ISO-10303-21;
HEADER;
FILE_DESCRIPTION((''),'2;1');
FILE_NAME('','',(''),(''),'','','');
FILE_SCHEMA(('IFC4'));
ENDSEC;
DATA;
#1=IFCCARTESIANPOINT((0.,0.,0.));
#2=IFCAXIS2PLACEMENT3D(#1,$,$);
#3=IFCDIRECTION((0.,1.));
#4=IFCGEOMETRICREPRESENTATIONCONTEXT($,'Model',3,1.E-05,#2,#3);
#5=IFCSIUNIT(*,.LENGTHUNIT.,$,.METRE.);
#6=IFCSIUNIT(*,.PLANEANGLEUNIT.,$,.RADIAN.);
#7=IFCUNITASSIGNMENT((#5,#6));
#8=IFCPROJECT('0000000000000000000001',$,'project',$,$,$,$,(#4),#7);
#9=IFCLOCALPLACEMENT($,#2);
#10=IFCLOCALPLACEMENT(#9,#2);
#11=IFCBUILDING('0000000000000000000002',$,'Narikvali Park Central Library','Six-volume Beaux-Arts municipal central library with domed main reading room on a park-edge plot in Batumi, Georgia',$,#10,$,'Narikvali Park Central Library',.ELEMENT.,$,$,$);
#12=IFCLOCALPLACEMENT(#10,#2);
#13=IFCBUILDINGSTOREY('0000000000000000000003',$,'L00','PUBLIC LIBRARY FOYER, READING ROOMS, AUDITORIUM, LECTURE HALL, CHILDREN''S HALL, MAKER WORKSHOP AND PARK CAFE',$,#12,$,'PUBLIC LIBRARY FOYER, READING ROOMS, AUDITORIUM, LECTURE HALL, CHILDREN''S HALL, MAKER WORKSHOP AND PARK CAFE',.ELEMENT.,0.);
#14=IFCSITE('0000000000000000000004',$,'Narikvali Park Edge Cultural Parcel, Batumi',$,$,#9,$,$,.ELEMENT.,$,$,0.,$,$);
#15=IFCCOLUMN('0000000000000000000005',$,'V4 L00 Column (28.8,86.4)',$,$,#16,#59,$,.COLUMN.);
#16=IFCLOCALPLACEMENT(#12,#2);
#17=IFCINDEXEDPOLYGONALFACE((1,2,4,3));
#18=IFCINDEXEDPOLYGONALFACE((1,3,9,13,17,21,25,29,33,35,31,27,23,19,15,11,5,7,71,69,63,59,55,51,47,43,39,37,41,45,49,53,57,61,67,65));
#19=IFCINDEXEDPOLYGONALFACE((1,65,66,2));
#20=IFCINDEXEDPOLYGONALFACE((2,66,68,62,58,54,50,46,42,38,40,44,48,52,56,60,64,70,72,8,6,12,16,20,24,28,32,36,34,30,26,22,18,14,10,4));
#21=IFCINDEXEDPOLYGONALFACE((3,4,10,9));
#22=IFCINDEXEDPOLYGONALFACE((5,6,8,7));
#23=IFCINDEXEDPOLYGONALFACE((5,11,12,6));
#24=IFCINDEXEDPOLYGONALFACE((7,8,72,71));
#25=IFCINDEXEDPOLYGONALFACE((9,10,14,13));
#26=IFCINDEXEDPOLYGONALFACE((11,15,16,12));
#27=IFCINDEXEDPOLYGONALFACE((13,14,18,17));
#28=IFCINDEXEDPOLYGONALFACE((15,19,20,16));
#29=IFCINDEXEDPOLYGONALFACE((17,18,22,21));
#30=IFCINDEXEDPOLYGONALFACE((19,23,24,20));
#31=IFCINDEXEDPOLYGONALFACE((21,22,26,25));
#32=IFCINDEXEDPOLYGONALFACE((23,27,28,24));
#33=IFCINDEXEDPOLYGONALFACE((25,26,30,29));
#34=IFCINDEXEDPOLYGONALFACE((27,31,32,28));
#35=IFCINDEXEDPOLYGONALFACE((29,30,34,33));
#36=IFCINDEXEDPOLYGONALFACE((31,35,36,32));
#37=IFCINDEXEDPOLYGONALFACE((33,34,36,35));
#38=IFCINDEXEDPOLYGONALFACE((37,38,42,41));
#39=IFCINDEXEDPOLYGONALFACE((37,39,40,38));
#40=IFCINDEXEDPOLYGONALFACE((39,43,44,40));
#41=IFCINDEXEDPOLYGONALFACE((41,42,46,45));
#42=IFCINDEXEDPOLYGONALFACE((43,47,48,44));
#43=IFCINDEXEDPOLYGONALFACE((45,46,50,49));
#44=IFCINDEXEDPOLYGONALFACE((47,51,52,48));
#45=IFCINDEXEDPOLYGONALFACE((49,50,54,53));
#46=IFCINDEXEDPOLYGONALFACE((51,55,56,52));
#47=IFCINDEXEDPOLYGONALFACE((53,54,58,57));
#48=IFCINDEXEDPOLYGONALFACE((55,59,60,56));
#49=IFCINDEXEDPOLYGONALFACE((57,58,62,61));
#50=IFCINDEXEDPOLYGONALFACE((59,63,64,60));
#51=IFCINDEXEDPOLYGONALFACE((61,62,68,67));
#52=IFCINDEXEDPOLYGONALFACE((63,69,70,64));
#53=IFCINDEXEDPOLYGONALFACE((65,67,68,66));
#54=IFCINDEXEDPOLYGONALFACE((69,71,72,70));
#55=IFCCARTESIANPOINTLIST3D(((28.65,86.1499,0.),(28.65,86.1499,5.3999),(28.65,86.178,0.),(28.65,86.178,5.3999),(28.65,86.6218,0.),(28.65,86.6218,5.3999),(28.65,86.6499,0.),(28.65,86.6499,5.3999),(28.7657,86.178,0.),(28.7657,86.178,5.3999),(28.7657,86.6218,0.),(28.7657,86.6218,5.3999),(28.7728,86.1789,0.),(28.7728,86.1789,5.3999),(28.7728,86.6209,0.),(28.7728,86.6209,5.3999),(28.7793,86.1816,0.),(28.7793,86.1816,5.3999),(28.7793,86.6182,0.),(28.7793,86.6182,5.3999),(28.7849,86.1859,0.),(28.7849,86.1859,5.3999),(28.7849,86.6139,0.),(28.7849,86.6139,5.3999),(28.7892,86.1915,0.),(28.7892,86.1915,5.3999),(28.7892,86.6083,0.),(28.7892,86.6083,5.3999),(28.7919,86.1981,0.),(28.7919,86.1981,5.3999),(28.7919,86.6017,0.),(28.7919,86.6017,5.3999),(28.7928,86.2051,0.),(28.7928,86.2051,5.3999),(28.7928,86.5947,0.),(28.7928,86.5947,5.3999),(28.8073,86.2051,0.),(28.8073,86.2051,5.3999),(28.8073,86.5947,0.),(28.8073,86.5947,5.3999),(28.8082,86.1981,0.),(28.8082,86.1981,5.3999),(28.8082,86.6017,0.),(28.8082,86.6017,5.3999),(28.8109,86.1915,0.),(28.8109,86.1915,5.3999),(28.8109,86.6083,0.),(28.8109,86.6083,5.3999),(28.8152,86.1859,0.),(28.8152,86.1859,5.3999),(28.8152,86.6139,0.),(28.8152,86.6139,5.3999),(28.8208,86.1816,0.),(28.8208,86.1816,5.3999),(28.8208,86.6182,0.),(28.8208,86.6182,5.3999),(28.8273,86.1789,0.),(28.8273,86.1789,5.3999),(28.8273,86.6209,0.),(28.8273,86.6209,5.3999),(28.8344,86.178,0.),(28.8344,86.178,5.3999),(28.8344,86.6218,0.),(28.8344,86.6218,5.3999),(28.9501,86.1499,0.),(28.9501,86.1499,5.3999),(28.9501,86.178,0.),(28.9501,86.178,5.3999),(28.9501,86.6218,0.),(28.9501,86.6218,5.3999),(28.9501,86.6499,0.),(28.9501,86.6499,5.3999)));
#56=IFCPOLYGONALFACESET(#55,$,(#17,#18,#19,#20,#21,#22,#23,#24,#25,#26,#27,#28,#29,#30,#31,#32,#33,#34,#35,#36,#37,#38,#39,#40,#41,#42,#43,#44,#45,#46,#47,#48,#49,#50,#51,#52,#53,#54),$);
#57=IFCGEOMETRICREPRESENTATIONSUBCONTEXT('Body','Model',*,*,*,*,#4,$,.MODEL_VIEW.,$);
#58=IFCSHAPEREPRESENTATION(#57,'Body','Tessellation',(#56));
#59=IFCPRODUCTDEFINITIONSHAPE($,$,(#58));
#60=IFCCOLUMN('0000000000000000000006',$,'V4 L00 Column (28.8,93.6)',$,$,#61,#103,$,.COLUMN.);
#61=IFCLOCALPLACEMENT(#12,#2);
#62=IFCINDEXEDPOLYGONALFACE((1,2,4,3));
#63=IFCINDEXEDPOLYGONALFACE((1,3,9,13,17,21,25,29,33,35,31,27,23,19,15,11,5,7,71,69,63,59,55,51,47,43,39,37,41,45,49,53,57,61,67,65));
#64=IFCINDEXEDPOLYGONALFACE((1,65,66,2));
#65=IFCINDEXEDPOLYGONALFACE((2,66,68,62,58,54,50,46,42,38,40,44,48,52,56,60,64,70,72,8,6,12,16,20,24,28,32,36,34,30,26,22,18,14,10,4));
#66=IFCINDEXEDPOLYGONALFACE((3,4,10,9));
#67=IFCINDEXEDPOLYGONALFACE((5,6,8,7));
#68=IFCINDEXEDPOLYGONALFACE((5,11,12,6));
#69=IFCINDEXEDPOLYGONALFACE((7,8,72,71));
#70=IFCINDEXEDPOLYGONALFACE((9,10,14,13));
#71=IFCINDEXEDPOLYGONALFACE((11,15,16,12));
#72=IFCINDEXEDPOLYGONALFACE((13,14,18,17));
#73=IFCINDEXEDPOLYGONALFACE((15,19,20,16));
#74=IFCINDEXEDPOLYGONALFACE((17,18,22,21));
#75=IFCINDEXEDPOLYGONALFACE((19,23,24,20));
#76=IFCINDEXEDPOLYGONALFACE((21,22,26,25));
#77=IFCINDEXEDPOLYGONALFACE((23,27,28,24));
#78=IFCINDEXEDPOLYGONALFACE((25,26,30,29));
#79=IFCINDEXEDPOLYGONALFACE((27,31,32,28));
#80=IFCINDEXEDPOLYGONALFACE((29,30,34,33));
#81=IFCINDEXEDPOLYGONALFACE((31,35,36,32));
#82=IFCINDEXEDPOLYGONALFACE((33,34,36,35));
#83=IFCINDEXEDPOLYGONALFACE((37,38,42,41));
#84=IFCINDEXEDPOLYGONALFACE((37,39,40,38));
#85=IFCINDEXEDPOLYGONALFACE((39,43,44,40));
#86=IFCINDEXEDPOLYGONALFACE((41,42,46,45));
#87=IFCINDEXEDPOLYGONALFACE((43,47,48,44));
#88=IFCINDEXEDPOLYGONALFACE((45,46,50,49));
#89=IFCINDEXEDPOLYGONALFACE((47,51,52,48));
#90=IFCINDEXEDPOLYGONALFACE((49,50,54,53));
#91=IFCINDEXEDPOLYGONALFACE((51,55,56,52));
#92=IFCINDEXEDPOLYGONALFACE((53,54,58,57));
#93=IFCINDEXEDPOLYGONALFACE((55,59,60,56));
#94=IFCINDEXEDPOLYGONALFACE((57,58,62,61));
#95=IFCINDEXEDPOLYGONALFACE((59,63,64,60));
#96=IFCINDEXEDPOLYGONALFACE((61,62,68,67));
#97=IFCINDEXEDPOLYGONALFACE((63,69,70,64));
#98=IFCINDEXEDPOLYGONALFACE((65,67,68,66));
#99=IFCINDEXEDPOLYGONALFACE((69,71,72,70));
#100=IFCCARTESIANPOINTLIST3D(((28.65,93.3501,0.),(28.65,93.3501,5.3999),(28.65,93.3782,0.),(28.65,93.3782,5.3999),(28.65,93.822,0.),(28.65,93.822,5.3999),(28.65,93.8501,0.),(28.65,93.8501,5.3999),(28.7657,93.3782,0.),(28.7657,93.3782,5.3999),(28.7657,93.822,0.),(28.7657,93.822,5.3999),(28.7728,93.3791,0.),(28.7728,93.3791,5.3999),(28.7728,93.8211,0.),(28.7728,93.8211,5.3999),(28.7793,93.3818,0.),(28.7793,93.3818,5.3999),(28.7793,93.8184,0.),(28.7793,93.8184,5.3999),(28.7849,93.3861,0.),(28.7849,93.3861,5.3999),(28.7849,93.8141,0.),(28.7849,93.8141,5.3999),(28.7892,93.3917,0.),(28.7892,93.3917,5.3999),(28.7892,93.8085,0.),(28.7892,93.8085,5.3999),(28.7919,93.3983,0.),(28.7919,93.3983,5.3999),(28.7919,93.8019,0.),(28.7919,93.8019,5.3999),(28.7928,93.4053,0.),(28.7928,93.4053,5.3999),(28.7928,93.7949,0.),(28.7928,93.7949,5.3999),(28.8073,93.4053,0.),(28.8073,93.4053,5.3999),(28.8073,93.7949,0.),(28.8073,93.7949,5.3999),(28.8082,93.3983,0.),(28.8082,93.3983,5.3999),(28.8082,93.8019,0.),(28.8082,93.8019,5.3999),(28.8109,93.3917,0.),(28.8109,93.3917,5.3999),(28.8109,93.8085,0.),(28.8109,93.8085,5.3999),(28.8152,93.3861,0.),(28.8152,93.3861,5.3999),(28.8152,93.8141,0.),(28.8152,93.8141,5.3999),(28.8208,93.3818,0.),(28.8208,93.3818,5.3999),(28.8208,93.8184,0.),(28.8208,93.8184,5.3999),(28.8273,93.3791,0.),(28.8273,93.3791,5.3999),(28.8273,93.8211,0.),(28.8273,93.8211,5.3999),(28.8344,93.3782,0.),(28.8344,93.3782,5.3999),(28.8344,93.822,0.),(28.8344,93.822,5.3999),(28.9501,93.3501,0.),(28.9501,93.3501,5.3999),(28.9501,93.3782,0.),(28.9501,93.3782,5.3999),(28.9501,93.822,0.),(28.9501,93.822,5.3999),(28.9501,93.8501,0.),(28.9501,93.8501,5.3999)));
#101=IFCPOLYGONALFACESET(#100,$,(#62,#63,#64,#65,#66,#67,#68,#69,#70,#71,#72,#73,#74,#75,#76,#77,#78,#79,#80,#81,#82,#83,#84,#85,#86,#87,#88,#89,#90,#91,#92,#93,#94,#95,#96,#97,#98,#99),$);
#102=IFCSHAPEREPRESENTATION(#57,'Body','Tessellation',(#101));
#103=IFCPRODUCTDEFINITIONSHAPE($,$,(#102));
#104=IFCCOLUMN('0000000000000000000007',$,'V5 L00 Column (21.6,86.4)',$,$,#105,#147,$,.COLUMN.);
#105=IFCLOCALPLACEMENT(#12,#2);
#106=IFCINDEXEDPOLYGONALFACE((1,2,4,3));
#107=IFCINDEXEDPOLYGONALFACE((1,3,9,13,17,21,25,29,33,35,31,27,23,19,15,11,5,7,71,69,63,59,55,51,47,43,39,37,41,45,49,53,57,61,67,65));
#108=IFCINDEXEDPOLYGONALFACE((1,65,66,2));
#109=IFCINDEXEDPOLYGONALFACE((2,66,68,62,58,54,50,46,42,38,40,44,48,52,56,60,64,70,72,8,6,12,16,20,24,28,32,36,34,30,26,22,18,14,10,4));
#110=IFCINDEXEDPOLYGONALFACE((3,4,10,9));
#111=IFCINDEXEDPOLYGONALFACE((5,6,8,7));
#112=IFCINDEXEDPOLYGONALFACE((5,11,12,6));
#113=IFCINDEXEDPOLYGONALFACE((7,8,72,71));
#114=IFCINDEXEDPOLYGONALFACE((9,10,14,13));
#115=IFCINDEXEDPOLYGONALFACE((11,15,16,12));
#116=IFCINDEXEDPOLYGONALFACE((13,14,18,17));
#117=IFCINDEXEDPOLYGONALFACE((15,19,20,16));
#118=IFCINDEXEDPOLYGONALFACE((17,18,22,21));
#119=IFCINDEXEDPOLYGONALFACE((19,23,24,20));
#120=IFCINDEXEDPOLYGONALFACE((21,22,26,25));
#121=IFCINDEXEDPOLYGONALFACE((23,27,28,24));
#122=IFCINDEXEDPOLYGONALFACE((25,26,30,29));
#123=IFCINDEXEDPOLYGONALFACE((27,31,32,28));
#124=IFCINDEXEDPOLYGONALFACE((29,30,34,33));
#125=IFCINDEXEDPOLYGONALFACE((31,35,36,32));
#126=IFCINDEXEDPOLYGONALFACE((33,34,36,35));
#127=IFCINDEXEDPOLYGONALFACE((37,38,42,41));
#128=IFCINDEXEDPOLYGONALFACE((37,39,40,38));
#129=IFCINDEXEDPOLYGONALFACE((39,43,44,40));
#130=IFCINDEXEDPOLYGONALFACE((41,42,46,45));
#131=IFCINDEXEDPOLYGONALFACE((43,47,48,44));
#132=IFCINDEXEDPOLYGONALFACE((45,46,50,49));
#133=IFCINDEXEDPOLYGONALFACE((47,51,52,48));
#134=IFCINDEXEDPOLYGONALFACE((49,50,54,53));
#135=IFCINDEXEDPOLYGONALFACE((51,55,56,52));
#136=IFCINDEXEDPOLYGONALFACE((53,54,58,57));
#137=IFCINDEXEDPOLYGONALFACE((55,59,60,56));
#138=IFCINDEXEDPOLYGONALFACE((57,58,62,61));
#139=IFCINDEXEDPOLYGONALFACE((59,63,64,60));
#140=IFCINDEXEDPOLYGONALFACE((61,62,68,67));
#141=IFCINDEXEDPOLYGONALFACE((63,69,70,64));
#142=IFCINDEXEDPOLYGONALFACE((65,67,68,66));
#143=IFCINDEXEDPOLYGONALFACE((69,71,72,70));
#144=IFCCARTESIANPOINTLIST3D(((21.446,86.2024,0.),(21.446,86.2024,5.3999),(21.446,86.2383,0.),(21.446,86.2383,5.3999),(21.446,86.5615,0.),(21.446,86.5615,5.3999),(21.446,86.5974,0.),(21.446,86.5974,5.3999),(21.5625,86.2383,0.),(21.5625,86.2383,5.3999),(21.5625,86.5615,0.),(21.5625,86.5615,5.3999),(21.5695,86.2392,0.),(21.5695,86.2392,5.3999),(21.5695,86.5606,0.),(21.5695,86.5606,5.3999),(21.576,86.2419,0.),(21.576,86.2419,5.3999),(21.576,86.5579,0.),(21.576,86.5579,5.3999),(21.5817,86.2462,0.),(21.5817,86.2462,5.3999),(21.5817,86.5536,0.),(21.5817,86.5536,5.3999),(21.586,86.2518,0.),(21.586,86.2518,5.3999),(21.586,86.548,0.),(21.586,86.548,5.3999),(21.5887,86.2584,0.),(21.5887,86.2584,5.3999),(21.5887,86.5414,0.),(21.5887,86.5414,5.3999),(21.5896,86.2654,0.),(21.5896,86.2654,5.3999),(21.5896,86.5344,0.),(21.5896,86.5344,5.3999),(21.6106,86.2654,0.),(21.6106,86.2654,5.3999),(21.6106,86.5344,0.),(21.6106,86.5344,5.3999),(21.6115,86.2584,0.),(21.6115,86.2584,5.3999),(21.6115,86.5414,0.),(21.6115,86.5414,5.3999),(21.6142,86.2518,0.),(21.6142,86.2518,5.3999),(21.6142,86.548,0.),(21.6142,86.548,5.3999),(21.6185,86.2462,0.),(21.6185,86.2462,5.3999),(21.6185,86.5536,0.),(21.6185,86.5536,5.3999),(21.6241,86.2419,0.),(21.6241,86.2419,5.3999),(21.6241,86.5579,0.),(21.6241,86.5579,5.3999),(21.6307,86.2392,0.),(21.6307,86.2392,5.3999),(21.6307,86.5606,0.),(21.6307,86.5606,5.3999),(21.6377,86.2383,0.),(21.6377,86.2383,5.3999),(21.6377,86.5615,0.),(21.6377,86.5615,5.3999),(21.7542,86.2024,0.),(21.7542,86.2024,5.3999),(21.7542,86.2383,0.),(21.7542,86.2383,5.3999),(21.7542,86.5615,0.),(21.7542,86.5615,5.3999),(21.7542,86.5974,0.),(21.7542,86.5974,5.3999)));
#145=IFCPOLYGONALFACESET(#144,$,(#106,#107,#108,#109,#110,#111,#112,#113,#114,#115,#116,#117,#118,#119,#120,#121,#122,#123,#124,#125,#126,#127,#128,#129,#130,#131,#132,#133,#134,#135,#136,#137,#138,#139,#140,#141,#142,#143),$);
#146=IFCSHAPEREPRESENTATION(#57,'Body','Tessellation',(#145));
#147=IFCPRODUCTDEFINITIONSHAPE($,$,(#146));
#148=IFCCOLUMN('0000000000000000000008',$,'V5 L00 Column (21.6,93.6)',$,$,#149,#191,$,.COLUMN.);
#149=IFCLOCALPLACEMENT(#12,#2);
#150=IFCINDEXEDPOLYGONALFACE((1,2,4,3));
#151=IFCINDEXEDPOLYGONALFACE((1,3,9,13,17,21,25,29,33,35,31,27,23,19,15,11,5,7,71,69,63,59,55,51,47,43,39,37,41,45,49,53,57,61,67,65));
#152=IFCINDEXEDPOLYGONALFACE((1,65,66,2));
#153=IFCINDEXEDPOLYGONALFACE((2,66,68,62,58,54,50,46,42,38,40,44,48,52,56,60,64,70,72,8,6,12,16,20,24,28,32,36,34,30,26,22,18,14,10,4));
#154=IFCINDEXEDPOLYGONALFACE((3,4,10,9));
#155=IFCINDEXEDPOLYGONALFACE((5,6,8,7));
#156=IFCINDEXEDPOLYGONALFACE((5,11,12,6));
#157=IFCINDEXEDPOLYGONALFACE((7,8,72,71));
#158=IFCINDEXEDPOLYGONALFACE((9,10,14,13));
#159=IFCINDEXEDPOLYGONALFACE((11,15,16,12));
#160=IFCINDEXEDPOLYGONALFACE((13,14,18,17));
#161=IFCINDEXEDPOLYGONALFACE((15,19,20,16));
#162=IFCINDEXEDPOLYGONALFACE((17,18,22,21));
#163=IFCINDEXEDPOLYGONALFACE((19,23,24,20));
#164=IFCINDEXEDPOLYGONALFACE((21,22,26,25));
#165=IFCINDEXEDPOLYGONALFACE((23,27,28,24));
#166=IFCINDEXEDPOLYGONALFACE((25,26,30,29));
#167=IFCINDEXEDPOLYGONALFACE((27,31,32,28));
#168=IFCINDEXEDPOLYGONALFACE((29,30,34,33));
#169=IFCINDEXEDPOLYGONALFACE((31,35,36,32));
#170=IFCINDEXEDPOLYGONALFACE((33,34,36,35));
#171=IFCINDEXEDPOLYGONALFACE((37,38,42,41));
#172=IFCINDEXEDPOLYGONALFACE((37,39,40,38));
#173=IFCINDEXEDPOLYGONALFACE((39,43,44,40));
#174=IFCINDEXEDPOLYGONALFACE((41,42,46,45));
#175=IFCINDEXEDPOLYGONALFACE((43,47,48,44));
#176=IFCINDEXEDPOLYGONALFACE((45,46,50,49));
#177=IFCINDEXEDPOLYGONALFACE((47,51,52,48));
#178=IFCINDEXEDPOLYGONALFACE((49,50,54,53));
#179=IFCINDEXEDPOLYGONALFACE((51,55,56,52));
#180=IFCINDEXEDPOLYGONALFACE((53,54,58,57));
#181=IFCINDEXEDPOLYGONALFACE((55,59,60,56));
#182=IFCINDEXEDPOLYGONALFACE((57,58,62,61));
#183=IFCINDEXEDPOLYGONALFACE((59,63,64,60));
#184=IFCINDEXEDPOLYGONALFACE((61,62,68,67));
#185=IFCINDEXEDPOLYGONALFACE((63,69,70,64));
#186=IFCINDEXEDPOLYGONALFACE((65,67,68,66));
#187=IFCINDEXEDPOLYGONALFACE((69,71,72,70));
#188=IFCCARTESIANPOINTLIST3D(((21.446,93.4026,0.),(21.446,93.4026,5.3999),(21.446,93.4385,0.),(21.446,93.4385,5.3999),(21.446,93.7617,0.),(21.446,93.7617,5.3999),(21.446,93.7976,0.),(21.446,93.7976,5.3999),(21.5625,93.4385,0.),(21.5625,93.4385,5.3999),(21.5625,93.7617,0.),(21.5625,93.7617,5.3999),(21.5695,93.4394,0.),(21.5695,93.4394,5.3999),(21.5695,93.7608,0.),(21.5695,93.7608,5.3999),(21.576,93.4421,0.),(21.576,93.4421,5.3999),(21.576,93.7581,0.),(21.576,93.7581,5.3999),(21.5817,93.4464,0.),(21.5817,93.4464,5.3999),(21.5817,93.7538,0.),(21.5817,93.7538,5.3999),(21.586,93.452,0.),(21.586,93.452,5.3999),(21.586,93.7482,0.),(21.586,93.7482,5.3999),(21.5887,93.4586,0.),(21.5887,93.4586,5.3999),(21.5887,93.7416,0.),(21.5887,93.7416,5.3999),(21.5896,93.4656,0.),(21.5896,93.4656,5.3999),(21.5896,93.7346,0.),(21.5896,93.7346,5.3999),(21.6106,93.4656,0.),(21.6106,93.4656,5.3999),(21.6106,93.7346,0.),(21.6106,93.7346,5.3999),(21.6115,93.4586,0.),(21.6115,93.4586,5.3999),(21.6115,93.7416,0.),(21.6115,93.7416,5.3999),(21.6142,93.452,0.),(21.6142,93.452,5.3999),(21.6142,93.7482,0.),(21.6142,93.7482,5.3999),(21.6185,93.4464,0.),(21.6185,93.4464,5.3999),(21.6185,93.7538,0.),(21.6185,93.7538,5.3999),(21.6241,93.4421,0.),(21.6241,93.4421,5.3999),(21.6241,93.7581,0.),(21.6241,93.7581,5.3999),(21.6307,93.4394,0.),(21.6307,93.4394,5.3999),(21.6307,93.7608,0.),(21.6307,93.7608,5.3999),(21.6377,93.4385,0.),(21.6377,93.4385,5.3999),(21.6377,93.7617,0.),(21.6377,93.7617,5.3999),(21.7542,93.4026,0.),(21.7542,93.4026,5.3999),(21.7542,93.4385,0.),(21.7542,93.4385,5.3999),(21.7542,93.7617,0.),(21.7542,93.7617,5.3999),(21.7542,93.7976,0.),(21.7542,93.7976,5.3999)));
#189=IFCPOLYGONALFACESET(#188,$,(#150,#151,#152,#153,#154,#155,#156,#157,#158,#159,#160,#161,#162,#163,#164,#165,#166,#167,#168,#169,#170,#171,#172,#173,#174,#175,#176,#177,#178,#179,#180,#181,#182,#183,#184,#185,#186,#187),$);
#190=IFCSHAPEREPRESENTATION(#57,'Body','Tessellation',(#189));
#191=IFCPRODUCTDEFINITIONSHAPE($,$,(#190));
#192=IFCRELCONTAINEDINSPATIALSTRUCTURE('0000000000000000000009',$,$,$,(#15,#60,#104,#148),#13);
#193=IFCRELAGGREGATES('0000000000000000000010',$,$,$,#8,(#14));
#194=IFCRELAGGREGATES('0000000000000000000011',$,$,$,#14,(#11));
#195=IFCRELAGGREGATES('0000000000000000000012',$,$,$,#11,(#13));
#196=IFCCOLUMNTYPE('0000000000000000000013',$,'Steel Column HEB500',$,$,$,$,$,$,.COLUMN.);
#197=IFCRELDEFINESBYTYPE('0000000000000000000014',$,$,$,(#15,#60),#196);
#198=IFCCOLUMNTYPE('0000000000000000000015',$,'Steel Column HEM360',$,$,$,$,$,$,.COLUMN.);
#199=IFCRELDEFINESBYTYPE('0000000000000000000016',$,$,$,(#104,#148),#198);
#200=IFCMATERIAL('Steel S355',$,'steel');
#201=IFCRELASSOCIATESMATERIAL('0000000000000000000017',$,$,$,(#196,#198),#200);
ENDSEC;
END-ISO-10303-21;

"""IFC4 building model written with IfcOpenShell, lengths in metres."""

from ifc_helpers import new_model, si_unit, direction, frame, origin, origin_2d, place, context, subcontext, project, spatial, i_section, extrude, material, material_profile, profile_set, type_object, element, save


model = new_model("IFC4")

# Units and contexts
model_context = context("Model", 3, precision=1e-05, world=origin(), true_north=direction((0.0, 1.0)))
body_context = subcontext(model_context, "Body", "Model", "MODEL_VIEW")
ifc_project = project(units=[si_unit("LENGTHUNIT", "METRE"), si_unit("PLANEANGLEUNIT", "RADIAN")], contexts=[model_context])

# Site, building, storey
site_placement = place(None, origin())
site = spatial("IfcSite", under=ifc_project, at=site_placement, Name="Narikvali Park Edge Cultural Parcel, Batumi", CompositionType="ELEMENT", RefElevation=0.0)
building_placement = place(site_placement, origin())
building = spatial("IfcBuilding", under=site, at=building_placement, Name="Narikvali Park Central Library", Description="Six-volume Beaux-Arts municipal central library with domed main reading room on a park-edge plot in Batumi, Georgia", LongName="Narikvali Park Central Library", CompositionType="ELEMENT")
storey_placement = place(building_placement, origin())
storey = spatial("IfcBuildingStorey", under=building, at=storey_placement, Name="L00", Description="PUBLIC LIBRARY FOYER, READING ROOMS, AUDITORIUM, LECTURE HALL, CHILDREN'S HALL, MAKER WORKSHOP AND PARK CAFE", LongName="PUBLIC LIBRARY FOYER, READING ROOMS, AUDITORIUM, LECTURE HALL, CHILDREN'S HALL, MAKER WORKSHOP AND PARK CAFE", CompositionType="ELEMENT", Elevation=0.0)

# Columns
ifc_material_1 = material(Name="Steel S355", Category="steel")
ifc_material_profile_1 = material_profile(ifc_material_1, i_section(OverallWidth=0.3, OverallDepth=0.5, WebThickness=0.0144, FlangeThickness=0.0281, FilletRadius=0.0271, at=origin_2d()), Name="HEB 500")
ifc_profile_set_1 = profile_set([ifc_material_profile_1], Name="Steel S355")
column_type_1 = type_object("IfcColumnType", Name="Steel Column HEB500", PredefinedType="COLUMN", material=ifc_profile_set_1)
for number, where, z_axis, x_axis, name in (
    (1, (28.8, 86.3999, 0.0), (0.0, 0.0, 1.0), (1.0, 0.0, 0.0), "V4 L00 Column (28.8,86.4)"),
    (2, (28.8, 93.6001, 0.0), (0.0, 0.0, 1.0), (1.0, 0.0, 0.0), "V4 L00 Column (28.8,93.6)"),
):
    element("IfcColumn", number, at=place(storey_placement, frame(where, z_axis=z_axis, x_axis=x_axis)), inside=storey, type_object=column_type_1, Name=name, PredefinedType="COLUMN", context=body_context, shape_type="SweptSolid", body=[
        extrude(i_section(OverallWidth=0.3, OverallDepth=0.5, WebThickness=0.0144, FlangeThickness=0.0281, FilletRadius=0.0271, at=origin_2d()), origin(), (0.0, 0.0, 1.0), 5.3999),
    ])
ifc_material_profile_2 = material_profile(ifc_material_1, i_section(OverallWidth=0.3081, OverallDepth=0.395, WebThickness=0.021, FlangeThickness=0.0359, FilletRadius=0.0271, at=origin_2d()), Name="HEM 360")
ifc_profile_set_2 = profile_set([ifc_material_profile_2], Name="Steel S355")
column_type_2 = type_object("IfcColumnType", Name="Steel Column HEM360", PredefinedType="COLUMN", material=ifc_profile_set_2)
for number, where, z_axis, x_axis, name in (
    (3, (21.6001, 86.3999, 0.0), (0.0, 0.0, 1.0), (1.0, 0.0, 0.0), "V5 L00 Column (21.6,86.4)"),
    (4, (21.6001, 93.6001, 0.0), (0.0, 0.0, 1.0), (1.0, 0.0, 0.0), "V5 L00 Column (21.6,93.6)"),
):
    element("IfcColumn", number, at=place(storey_placement, frame(where, z_axis=z_axis, x_axis=x_axis)), inside=storey, type_object=column_type_2, Name=name, PredefinedType="COLUMN", context=body_context, shape_type="SweptSolid", body=[
        extrude(i_section(OverallWidth=0.3081, OverallDepth=0.395, WebThickness=0.021, FlangeThickness=0.0359, FilletRadius=0.0271, at=origin_2d()), origin(), (0.0, 0.0, 1.0), 5.3999),
    ])

save(model, "model.ifc")
